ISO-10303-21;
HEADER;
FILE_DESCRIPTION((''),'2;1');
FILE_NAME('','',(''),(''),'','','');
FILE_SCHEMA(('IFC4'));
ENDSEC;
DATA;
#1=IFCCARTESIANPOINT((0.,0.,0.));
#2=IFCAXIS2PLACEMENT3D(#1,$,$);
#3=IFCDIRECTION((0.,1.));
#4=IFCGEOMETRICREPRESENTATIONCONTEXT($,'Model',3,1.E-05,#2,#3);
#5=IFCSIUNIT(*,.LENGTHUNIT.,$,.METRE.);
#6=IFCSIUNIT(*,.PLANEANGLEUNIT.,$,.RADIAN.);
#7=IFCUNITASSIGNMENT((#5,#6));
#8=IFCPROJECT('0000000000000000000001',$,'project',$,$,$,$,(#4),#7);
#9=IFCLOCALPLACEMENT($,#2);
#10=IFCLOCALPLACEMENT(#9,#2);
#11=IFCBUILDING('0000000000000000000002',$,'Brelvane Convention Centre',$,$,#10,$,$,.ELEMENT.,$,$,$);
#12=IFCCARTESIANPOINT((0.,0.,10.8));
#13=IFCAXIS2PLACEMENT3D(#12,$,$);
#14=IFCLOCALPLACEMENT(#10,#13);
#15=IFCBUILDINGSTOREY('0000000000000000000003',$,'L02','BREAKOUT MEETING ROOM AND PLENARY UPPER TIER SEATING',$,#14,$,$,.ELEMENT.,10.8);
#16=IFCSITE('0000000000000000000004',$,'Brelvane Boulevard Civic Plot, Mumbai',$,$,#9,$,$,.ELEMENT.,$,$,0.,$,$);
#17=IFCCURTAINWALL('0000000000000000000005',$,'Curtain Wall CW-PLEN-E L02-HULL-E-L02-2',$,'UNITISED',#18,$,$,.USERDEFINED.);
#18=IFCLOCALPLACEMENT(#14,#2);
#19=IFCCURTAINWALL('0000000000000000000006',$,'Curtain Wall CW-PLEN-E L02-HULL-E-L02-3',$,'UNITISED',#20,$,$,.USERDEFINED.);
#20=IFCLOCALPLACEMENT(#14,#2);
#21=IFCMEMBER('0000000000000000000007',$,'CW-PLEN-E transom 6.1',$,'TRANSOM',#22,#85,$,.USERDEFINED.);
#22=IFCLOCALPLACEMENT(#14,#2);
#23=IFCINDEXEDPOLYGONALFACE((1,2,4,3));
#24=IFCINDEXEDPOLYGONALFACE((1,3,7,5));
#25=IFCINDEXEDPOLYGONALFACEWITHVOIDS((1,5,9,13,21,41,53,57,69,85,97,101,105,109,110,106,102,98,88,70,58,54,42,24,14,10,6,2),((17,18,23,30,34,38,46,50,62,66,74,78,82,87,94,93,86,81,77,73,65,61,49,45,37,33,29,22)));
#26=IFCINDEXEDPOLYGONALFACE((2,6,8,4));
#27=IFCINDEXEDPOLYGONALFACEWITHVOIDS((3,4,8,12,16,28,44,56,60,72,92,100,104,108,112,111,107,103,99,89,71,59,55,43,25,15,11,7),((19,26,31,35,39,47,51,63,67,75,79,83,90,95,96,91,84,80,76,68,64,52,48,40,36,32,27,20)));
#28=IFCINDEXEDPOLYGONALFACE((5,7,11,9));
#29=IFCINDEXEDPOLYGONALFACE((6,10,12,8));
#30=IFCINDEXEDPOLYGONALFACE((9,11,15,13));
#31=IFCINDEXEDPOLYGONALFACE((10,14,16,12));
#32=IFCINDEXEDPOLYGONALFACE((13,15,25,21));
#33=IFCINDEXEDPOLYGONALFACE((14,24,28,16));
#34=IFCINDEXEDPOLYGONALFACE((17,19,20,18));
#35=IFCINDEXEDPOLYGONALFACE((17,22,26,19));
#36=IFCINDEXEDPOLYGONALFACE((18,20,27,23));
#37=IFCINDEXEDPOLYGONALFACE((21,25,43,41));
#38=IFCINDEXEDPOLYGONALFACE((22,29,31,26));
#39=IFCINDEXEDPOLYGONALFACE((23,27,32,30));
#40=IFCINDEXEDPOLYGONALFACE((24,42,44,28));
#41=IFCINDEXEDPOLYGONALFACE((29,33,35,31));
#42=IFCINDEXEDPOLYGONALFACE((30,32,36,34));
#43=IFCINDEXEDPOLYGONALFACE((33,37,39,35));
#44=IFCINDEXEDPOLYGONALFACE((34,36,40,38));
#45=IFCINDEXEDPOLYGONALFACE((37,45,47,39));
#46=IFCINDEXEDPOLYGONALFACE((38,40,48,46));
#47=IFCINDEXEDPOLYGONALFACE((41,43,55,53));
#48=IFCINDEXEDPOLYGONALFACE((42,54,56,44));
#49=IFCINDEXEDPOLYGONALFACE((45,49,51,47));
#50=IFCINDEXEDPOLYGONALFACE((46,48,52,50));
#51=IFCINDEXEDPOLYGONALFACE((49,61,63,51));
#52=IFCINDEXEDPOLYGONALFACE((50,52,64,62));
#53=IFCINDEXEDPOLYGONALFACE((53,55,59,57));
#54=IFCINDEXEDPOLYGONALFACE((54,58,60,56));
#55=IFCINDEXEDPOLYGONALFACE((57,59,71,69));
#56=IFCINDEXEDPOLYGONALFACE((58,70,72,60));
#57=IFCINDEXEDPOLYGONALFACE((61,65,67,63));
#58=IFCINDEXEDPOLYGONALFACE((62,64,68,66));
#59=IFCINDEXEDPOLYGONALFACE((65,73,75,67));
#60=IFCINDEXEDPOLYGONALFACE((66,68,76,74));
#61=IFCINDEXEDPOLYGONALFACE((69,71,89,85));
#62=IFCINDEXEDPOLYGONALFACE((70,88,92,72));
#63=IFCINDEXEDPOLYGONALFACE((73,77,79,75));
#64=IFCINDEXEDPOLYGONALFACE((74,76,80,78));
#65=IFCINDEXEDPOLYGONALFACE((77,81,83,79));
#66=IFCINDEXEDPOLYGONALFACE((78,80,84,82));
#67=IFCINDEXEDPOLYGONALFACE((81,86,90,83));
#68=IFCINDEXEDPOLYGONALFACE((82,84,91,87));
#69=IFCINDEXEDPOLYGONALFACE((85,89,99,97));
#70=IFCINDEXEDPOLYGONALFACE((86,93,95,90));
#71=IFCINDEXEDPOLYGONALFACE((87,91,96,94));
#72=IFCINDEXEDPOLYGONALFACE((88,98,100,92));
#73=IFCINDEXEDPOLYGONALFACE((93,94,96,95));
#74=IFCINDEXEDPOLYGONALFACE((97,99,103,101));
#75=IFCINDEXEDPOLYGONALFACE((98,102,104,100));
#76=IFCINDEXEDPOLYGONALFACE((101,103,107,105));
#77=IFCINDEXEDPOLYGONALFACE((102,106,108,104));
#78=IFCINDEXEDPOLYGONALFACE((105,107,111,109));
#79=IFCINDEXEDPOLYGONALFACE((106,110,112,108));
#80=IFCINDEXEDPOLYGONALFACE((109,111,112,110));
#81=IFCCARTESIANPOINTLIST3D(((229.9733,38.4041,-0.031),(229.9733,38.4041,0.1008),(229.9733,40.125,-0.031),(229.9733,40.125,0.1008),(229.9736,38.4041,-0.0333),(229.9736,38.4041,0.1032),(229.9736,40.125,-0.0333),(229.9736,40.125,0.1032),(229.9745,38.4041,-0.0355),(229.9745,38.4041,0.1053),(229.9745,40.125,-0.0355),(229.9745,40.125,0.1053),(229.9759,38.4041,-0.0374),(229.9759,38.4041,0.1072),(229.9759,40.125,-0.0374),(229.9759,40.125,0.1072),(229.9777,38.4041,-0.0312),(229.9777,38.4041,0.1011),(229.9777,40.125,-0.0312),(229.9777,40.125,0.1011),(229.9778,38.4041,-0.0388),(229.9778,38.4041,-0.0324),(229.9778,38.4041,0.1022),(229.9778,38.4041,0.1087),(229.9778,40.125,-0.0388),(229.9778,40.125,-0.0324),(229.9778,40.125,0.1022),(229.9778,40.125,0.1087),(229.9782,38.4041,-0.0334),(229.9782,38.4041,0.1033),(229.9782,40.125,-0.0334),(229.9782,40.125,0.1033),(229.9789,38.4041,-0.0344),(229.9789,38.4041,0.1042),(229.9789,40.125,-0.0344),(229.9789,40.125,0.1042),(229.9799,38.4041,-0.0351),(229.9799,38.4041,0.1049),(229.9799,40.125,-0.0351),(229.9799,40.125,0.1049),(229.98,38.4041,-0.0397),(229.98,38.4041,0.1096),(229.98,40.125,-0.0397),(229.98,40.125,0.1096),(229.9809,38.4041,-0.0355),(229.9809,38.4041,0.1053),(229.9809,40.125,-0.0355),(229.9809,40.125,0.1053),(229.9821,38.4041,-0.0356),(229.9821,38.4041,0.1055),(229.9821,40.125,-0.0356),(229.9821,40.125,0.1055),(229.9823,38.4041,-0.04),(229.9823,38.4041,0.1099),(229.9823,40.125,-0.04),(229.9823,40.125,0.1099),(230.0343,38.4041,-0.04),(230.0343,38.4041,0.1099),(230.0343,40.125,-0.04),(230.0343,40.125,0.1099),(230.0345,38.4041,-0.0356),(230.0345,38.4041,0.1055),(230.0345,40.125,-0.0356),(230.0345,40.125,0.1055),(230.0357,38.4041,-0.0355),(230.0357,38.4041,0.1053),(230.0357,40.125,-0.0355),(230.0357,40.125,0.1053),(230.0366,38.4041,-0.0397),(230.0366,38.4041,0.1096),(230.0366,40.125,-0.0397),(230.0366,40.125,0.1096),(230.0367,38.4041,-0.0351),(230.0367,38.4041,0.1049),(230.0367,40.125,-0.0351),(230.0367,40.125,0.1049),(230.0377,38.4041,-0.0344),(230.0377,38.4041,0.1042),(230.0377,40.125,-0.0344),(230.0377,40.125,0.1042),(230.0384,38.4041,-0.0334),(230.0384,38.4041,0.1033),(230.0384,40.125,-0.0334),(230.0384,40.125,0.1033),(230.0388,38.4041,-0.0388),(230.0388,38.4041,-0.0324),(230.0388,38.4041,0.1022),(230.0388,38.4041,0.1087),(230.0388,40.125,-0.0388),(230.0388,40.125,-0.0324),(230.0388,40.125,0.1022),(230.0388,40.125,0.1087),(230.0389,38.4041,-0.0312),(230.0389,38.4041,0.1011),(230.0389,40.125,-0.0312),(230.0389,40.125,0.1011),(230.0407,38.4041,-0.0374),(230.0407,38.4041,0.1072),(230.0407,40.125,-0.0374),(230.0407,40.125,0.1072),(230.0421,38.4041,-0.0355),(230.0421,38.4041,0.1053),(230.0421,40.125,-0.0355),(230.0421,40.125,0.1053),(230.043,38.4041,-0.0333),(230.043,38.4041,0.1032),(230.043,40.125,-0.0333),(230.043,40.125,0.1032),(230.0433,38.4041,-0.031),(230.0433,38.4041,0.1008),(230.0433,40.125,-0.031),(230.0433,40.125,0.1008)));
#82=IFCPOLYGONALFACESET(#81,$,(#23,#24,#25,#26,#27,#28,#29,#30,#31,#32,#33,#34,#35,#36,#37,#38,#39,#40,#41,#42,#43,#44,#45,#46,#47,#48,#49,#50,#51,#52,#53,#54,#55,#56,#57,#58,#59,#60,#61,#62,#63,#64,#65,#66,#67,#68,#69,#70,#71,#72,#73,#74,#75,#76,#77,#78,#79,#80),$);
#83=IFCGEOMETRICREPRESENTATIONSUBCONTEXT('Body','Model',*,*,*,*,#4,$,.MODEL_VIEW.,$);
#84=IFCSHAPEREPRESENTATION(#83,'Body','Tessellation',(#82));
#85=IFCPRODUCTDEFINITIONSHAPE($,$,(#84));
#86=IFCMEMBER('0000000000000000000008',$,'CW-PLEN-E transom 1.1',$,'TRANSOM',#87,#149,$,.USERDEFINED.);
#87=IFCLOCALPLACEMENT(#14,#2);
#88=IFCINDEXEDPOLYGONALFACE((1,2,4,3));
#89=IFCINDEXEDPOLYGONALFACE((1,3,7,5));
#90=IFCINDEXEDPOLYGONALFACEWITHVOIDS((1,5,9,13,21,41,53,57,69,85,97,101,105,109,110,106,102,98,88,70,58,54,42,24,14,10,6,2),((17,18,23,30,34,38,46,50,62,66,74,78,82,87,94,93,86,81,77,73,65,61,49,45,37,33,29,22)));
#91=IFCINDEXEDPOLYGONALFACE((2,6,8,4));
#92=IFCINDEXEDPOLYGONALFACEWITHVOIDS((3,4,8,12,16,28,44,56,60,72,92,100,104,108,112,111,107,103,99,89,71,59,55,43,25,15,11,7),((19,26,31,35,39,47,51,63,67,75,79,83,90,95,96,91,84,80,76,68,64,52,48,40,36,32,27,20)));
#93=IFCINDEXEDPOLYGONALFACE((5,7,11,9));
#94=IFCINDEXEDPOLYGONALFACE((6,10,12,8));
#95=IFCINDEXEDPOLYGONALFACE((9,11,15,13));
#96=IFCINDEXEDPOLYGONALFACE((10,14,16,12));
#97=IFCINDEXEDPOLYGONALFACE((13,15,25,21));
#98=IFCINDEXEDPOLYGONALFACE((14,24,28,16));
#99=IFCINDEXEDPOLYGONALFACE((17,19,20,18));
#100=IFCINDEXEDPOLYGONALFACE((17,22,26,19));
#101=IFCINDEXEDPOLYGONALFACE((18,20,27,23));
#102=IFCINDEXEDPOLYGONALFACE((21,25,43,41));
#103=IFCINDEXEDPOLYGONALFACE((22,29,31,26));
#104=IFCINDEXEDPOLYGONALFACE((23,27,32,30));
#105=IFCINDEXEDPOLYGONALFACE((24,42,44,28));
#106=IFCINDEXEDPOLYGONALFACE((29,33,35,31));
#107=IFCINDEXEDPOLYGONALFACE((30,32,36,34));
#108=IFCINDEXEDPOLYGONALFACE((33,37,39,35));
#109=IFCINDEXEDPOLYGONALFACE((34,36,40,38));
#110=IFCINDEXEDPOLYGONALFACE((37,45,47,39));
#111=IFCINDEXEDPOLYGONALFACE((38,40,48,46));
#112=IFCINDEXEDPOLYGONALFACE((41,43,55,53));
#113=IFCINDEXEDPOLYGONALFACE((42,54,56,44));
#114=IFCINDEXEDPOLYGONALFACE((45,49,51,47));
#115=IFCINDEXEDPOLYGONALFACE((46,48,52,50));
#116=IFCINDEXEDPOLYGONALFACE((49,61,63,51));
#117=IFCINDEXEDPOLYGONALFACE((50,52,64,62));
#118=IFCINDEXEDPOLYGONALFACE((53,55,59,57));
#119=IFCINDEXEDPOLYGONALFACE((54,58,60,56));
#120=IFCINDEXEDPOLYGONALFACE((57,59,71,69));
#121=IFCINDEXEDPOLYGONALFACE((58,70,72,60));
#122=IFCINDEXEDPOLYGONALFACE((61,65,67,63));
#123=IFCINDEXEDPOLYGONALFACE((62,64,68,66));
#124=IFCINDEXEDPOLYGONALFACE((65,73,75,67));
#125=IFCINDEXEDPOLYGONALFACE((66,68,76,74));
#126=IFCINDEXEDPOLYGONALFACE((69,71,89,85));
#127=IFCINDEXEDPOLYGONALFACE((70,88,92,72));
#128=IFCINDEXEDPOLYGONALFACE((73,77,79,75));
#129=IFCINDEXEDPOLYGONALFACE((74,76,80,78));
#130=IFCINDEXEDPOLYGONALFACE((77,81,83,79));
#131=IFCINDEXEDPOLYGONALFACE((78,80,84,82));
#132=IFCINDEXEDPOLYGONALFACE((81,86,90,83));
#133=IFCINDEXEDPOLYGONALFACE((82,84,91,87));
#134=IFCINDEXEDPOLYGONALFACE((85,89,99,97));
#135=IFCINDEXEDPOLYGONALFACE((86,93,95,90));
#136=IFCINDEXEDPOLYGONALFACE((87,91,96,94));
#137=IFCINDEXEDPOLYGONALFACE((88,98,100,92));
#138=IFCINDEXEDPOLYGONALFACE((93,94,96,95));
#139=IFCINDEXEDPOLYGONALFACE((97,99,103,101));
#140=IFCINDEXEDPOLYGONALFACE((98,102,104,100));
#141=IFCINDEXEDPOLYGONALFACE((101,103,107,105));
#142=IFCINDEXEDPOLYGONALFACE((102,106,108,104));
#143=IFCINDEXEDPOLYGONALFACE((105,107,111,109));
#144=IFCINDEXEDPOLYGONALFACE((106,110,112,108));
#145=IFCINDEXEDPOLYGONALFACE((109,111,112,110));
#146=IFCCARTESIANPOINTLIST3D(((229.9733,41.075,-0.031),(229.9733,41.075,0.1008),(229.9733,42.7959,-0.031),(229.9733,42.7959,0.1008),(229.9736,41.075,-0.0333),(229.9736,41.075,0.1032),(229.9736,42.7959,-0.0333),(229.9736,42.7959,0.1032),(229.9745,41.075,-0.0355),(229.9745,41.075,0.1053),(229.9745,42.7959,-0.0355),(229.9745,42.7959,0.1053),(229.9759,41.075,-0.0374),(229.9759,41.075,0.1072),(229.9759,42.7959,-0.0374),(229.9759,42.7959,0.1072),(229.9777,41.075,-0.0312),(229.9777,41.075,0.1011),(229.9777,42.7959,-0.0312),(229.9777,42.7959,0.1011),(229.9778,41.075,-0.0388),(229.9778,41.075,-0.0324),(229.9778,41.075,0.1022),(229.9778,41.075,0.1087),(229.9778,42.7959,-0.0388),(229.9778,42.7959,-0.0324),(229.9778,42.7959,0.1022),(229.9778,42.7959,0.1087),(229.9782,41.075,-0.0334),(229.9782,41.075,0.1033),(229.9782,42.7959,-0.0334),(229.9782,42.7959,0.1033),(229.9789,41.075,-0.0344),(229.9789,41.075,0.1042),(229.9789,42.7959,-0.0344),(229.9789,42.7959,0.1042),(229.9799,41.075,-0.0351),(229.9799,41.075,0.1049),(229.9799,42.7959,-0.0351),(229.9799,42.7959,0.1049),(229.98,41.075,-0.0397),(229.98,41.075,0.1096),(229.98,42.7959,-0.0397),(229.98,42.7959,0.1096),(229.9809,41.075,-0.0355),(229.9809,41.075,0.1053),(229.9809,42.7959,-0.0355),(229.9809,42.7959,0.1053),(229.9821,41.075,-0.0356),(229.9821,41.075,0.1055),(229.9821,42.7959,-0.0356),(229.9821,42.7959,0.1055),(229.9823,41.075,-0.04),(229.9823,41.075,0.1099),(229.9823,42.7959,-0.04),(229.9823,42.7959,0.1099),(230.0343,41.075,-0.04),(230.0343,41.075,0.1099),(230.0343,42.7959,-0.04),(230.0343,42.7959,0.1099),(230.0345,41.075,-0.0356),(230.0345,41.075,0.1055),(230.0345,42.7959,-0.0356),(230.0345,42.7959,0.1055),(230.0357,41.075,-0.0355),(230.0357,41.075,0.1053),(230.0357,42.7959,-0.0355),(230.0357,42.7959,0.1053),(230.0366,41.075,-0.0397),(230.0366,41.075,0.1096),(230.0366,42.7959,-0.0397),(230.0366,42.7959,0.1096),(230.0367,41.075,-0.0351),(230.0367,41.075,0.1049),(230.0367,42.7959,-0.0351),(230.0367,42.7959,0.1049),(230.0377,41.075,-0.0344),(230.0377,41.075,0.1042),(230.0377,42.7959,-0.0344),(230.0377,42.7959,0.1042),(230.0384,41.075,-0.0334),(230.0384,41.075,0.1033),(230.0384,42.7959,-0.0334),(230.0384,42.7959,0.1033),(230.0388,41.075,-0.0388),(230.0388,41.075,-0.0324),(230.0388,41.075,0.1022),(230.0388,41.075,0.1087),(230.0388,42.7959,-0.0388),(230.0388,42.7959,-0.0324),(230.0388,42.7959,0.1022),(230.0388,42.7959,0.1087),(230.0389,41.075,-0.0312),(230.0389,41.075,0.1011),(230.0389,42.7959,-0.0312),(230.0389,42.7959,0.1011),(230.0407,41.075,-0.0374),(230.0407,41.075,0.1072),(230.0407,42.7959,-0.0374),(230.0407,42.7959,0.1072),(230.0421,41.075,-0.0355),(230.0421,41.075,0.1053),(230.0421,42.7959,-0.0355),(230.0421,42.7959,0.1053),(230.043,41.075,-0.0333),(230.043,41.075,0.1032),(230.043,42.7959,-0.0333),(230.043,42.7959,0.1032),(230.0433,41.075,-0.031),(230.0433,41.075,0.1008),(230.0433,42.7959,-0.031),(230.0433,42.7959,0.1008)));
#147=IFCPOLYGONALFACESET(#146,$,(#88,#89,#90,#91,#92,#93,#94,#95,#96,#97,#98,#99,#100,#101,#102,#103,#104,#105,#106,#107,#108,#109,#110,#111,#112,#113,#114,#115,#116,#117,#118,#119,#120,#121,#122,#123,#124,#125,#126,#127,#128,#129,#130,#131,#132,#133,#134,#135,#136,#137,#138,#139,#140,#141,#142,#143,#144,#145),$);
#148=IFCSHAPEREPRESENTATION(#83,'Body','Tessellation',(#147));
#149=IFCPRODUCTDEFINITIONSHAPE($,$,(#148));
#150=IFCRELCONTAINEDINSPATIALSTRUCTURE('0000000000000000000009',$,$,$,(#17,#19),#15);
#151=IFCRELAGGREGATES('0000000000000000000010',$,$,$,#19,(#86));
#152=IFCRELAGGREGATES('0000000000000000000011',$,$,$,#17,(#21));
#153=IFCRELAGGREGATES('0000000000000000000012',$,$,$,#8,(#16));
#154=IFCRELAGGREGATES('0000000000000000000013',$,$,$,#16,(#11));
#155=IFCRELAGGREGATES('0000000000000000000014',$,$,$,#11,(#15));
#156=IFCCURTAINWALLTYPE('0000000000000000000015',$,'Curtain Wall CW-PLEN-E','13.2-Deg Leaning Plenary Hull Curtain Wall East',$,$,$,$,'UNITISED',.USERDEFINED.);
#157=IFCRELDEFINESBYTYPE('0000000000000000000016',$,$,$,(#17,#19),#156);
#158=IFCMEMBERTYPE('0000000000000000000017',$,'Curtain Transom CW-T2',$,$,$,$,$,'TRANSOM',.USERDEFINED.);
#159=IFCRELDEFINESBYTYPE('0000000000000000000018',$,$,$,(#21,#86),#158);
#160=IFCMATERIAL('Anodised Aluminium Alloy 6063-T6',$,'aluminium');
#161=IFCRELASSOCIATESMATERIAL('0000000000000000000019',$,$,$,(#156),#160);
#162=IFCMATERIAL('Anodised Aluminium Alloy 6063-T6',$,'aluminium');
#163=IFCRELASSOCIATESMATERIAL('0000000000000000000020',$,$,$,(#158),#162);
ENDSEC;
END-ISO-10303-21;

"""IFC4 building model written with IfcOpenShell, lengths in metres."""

from ifc_helpers import new_model, si_unit, direction, frame, origin, origin_2d, place, context, subcontext, project, spatial, hollow_rectangle, extrude, material, material_profile, profile_set, type_object, element, aggregate, save


model = new_model("IFC4")

# Units and contexts
model_context = context("Model", 3, precision=1e-05, world=origin(), true_north=direction((0.0, 1.0)))
body_context = subcontext(model_context, "Body", "Model", "MODEL_VIEW")
ifc_project = project(units=[si_unit("LENGTHUNIT", "METRE"), si_unit("PLANEANGLEUNIT", "RADIAN")], contexts=[model_context])

# Site, building, storey
site_placement = place(None, origin())
site = spatial("IfcSite", under=ifc_project, at=site_placement, Name="Brelvane Boulevard Civic Plot, Mumbai", CompositionType="ELEMENT", RefElevation=0.0)
building_placement = place(site_placement, origin())
building = spatial("IfcBuilding", under=site, at=building_placement, Name="Brelvane Convention Centre", CompositionType="ELEMENT")
storey_placement = place(building_placement, frame((0.0, 0.0, 10.8)))
storey = spatial("IfcBuildingStorey", under=building, at=storey_placement, Name="L02", Description="BREAKOUT MEETING ROOM AND PLENARY UPPER TIER SEATING", CompositionType="ELEMENT", Elevation=10.8)

# Curtain walls
ifc_material_1 = material(Name="Anodised Aluminium Alloy 6063-T6", Category="aluminium")
curtain_wall_type = type_object("IfcCurtainWallType", Name="Curtain Wall CW-PLEN-E", Description="13.2-Deg Leaning Plenary Hull Curtain Wall East", ElementType="UNITISED", PredefinedType="USERDEFINED", material=ifc_material_1)
curtain_wall_1_placement = place(storey_placement, origin())
curtain_wall_1 = element("IfcCurtainWall", 1, at=curtain_wall_1_placement, inside=storey, type_object=curtain_wall_type, Name="Curtain Wall CW-PLEN-E L02-HULL-E-L02-2", ObjectType="UNITISED", PredefinedType="USERDEFINED")
curtain_wall_2_placement = place(storey_placement, origin())
curtain_wall_2 = element("IfcCurtainWall", 2, at=curtain_wall_2_placement, inside=storey, type_object=curtain_wall_type, Name="Curtain Wall CW-PLEN-E L02-HULL-E-L02-3", ObjectType="UNITISED", PredefinedType="USERDEFINED")
ifc_material_2 = material(Name="Anodised Aluminium Alloy 6063-T6", Category="aluminium")
ifc_material_profile_1 = material_profile(ifc_material_2, hollow_rectangle(XDim=0.0701, YDim=0.1499, WallThickness=0.0044, InnerFilletRadius=0.0044, OuterFilletRadius=0.009, at=origin_2d()), Name="ALU-T 150x70x4.5")
ifc_profile_set_1 = profile_set([ifc_material_profile_1], Name="Anodised Aluminium Alloy 6063-T6")
member_type_1 = type_object("IfcMemberType", Name="Curtain Transom CW-T2", ElementType="TRANSOM", PredefinedType="USERDEFINED", material=ifc_profile_set_1)

# Members
member_1_placement = place(storey_placement, frame((230.0083, 38.4041, 0.0349), z_axis=(0.0, 1.0, 0.0), x_axis=(-1.0, 0.0, 0.0)))
member_1 = element("IfcMember", 3, at=member_1_placement, type_object=member_type_1, Name="CW-PLEN-E transom 6.1", ObjectType="TRANSOM", PredefinedType="USERDEFINED", context=body_context, shape_type="SweptSolid", body=[
    extrude(hollow_rectangle(XDim=0.0701, YDim=0.1499, WallThickness=0.0044, InnerFilletRadius=0.0044, OuterFilletRadius=0.009, at=origin_2d()), origin(), (0.0, 0.0, 1.0), 1.7209),
])
member_2_placement = place(storey_placement, frame((230.0083, 41.075, 0.0349), z_axis=(0.0, 1.0, 0.0), x_axis=(-1.0, 0.0, 0.0)))
member_2 = element("IfcMember", 4, at=member_2_placement, type_object=member_type_1, Name="CW-PLEN-E transom 1.1", ObjectType="TRANSOM", PredefinedType="USERDEFINED", context=body_context, shape_type="SweptSolid", body=[
    extrude(hollow_rectangle(XDim=0.0701, YDim=0.1499, WallThickness=0.0044, InnerFilletRadius=0.0044, OuterFilletRadius=0.009, at=origin_2d()), origin(), (0.0, 0.0, 1.0), 1.7209),
])
aggregate(curtain_wall_2, [member_2])

aggregate(curtain_wall_1, [member_1])

save(model, "model.ifc")
